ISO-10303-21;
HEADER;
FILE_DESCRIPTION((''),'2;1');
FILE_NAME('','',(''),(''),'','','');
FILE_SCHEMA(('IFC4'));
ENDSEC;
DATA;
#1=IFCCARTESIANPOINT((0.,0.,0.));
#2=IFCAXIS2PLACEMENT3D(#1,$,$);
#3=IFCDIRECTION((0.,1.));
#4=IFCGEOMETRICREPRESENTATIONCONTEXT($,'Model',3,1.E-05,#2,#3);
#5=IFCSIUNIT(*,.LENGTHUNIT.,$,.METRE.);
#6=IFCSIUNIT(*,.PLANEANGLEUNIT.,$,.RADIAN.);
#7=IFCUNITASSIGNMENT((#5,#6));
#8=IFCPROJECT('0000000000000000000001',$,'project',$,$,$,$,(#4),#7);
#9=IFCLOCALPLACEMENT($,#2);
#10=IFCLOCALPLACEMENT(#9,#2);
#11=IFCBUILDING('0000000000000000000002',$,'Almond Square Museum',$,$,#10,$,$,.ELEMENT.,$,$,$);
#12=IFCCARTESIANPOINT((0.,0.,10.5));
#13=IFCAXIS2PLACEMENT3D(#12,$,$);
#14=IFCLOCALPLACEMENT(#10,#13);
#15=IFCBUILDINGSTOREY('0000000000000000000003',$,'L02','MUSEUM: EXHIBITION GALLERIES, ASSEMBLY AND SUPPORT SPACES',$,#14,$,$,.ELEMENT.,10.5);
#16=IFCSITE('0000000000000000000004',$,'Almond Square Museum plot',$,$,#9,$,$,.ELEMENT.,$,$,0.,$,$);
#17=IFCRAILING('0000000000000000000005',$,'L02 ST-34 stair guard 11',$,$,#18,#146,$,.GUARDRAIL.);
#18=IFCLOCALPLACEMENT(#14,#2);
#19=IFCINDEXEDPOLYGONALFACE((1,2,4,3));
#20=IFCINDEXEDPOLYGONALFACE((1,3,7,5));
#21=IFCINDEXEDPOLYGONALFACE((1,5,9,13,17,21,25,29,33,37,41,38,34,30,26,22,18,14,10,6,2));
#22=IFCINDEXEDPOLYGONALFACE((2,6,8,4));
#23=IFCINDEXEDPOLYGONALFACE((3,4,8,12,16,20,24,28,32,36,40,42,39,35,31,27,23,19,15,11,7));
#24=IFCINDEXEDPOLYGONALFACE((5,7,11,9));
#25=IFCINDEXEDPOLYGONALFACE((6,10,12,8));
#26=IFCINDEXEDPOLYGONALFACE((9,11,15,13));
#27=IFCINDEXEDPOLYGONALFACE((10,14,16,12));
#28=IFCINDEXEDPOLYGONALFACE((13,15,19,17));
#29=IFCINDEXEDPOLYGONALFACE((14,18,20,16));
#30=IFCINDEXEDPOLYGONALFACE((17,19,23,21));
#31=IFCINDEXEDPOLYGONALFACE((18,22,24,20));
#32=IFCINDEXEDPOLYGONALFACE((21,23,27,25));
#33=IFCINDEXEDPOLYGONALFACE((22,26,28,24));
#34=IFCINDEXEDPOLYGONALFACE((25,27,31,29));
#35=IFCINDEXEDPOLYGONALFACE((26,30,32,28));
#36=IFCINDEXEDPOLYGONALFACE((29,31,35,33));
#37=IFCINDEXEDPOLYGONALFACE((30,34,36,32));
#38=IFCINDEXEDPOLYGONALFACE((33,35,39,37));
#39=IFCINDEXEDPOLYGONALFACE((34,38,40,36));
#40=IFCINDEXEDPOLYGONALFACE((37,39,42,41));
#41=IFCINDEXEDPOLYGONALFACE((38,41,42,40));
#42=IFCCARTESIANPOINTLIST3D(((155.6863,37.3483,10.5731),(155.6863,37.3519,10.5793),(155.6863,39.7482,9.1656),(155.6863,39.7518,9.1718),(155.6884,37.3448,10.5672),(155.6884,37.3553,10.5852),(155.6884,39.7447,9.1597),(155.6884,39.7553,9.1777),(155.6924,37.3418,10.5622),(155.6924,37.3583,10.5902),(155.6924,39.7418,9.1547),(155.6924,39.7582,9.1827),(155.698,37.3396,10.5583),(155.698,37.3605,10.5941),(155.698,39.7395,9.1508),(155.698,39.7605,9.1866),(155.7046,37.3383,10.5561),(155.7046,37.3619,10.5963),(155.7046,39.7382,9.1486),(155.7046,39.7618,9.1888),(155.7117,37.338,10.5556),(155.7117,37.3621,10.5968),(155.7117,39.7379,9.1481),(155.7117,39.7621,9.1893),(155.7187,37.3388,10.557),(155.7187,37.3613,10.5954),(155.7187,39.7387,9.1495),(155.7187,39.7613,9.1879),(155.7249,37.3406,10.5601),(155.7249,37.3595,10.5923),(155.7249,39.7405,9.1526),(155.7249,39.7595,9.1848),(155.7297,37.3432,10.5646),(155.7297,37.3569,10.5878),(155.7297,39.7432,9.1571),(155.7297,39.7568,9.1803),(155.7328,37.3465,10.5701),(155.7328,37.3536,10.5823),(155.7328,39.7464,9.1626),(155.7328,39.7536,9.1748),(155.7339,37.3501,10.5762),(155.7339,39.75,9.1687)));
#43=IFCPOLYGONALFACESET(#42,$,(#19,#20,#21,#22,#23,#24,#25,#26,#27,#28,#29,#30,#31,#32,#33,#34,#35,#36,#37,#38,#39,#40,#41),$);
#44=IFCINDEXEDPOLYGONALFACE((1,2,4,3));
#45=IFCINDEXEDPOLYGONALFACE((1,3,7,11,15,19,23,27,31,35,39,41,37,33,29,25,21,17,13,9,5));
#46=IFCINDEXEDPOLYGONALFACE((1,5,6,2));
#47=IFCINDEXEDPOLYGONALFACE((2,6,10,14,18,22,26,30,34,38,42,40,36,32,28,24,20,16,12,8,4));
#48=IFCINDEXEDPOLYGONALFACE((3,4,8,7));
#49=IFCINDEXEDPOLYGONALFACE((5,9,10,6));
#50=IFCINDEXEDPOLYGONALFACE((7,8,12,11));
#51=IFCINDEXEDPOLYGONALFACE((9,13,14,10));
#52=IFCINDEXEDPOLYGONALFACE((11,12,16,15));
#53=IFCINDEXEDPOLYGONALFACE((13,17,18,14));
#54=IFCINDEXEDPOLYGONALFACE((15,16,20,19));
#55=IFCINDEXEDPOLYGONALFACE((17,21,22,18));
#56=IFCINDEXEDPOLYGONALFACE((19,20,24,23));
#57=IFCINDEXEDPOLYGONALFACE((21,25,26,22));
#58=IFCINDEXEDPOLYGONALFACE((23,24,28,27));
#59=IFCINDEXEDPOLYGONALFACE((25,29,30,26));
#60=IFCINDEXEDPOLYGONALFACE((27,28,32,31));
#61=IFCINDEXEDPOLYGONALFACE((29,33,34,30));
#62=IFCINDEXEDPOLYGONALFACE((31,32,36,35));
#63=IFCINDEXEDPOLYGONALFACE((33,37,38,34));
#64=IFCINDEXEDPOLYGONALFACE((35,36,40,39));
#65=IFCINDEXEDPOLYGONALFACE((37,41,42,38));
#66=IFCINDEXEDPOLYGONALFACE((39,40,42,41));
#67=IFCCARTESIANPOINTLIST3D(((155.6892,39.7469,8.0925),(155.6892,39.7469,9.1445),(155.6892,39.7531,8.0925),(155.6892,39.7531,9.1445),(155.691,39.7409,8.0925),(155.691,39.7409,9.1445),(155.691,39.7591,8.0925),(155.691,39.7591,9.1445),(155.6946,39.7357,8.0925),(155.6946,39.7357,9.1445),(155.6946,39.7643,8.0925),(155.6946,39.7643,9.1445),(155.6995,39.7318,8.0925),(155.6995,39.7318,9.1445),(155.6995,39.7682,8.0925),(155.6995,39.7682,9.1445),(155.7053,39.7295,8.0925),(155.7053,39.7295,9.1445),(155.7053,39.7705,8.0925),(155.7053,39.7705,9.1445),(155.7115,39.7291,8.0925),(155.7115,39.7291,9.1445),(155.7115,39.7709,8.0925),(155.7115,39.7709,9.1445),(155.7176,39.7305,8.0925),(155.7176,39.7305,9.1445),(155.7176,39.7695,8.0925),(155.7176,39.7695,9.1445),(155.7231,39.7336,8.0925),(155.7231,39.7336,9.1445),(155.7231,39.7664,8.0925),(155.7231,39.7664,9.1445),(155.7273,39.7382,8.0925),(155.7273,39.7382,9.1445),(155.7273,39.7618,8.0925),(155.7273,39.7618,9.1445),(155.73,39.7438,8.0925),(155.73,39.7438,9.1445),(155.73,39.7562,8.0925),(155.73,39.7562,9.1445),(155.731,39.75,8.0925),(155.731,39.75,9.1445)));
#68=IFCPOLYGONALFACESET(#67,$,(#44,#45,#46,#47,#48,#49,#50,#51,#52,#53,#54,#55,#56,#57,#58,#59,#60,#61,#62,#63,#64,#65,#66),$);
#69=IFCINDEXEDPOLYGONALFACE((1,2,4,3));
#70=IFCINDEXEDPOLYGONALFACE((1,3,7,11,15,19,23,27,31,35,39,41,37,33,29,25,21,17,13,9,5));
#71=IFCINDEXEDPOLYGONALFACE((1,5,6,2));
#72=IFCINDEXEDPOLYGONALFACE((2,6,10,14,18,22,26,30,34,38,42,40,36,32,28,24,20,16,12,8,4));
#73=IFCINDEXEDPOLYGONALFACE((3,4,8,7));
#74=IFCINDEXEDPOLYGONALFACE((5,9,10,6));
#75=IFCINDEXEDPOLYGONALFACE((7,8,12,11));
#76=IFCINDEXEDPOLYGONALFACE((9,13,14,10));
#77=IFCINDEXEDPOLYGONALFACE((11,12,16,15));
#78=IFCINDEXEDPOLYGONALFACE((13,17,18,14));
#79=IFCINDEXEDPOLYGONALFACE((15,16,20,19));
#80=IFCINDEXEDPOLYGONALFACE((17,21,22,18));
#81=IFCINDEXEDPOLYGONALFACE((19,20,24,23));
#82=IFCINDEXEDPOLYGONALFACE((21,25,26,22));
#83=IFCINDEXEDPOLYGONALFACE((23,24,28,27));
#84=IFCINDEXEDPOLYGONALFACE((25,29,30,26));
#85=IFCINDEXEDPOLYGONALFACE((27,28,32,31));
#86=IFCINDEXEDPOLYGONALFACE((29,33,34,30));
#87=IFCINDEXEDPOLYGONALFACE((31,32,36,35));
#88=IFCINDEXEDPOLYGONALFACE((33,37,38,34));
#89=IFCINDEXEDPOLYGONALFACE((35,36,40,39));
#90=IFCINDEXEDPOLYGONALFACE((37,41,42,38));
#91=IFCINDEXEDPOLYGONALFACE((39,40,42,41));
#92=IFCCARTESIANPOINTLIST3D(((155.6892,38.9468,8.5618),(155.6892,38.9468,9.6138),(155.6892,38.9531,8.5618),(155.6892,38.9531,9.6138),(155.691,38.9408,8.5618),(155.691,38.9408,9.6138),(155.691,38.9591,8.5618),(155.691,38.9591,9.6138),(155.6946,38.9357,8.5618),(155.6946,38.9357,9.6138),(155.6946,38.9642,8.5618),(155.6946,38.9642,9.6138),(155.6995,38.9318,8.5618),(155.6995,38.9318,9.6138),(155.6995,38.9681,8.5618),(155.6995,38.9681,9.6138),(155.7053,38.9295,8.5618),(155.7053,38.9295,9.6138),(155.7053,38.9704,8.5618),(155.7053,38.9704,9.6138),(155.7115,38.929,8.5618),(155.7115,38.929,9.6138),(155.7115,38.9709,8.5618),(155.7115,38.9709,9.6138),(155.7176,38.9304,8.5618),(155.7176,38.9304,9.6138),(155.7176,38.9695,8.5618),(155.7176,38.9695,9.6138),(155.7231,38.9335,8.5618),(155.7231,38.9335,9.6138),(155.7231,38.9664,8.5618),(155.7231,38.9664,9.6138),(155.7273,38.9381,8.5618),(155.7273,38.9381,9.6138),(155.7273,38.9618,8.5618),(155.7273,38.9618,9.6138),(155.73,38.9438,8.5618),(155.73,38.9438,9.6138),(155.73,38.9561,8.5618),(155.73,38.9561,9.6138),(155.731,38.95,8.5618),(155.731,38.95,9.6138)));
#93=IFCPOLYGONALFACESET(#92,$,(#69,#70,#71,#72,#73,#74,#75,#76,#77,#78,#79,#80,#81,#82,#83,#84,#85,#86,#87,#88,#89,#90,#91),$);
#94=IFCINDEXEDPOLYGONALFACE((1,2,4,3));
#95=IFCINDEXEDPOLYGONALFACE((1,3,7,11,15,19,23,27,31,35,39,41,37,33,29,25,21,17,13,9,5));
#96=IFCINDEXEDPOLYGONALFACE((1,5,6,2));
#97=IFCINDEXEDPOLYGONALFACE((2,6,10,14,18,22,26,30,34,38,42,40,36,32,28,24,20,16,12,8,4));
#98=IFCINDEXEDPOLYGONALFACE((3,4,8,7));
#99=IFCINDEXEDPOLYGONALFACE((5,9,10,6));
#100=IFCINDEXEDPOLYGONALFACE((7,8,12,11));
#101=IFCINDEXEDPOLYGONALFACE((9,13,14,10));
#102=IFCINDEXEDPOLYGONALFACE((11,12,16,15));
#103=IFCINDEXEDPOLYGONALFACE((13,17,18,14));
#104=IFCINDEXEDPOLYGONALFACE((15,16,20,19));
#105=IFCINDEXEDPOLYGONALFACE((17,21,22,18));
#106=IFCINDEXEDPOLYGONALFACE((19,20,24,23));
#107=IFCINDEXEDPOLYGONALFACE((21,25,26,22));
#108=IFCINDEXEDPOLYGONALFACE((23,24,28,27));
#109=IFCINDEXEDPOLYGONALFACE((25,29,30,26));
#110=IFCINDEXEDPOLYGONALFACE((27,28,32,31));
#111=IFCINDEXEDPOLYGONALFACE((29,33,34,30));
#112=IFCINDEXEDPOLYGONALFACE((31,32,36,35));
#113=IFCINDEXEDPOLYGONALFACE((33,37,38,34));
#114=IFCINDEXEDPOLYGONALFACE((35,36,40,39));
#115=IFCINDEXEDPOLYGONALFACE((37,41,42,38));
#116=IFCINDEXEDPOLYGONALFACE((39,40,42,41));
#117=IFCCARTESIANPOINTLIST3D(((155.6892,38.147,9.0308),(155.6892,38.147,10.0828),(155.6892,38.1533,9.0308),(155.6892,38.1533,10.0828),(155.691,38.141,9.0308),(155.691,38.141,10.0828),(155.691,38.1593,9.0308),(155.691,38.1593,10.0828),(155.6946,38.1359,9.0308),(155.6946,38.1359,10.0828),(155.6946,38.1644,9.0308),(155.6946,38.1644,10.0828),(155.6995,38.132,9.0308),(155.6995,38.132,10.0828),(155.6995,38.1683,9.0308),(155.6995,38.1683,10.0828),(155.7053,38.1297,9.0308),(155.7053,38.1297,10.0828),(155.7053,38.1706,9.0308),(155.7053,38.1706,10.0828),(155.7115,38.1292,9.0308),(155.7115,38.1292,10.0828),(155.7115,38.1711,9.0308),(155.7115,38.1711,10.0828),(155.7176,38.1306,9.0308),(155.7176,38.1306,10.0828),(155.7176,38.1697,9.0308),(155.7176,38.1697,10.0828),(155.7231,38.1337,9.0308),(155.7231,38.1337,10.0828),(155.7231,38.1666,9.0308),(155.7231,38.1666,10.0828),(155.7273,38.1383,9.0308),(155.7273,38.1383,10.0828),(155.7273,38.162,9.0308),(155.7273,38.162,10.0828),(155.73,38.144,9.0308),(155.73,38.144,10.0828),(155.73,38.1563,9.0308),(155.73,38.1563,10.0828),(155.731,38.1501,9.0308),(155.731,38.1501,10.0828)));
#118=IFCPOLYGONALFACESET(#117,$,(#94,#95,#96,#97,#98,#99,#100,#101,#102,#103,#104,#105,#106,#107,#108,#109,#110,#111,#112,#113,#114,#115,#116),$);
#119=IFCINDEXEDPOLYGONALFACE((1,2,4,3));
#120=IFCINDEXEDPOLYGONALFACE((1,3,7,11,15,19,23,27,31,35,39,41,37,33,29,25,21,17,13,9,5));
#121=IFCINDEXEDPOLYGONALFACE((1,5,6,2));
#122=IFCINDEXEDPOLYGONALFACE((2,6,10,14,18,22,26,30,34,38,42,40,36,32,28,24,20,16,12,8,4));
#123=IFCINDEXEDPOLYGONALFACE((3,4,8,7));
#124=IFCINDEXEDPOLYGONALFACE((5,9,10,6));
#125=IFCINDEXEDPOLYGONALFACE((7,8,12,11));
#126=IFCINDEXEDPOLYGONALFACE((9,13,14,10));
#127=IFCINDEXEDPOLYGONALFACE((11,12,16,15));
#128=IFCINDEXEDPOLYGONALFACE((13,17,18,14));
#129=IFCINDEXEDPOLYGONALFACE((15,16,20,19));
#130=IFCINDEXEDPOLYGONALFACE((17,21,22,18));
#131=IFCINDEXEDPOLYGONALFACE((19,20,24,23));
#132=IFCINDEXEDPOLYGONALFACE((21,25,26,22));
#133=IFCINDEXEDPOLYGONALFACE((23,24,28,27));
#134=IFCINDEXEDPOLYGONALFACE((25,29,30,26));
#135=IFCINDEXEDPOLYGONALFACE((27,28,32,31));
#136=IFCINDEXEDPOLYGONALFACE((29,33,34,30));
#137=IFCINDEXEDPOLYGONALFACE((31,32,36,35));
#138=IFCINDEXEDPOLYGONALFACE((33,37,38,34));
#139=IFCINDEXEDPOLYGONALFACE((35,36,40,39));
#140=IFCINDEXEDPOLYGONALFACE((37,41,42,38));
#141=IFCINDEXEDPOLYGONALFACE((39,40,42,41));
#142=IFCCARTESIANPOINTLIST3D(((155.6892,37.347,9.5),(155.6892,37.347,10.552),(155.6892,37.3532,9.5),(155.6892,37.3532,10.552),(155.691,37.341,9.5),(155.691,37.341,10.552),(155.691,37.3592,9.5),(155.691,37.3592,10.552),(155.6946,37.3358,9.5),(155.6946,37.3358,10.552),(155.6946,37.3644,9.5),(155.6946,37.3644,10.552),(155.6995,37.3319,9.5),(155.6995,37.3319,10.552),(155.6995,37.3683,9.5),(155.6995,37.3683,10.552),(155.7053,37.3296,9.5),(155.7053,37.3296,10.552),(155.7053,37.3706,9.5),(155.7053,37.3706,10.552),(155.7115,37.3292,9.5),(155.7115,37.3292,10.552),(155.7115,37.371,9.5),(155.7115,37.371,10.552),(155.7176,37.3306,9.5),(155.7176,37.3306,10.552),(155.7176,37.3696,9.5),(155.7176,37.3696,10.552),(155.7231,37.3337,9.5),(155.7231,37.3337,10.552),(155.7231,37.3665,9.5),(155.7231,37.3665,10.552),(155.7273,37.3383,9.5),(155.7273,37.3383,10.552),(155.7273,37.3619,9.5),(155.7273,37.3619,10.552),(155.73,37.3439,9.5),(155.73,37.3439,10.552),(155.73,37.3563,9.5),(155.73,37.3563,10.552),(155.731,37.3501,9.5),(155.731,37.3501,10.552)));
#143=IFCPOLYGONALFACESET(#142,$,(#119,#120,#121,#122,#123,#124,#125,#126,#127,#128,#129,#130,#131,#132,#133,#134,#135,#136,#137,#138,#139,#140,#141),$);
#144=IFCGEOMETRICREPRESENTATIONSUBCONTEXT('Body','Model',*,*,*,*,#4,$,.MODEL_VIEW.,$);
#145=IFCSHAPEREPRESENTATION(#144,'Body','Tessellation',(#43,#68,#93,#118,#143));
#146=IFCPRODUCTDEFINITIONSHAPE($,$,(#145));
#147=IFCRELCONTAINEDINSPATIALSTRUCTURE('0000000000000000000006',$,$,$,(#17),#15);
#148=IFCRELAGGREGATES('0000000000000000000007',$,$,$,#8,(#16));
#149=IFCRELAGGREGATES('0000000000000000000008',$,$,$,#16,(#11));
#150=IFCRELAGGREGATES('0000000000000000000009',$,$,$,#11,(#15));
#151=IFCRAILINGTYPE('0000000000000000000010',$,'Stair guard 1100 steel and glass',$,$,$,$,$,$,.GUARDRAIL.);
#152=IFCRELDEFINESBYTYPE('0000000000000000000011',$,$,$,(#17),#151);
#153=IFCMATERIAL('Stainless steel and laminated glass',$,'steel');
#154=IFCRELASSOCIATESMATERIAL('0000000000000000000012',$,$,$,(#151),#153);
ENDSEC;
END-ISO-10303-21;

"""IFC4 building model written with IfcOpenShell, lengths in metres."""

from ifc_helpers import new_model, si_unit, direction, frame, origin, origin_2d, place, context, subcontext, project, spatial, circle, extrude, material, type_object, element, save


model = new_model("IFC4")

# Units and contexts
model_context = context("Model", 3, precision=1e-05, world=origin(), true_north=direction((0.0, 1.0)))
body_context = subcontext(model_context, "Body", "Model", "MODEL_VIEW")
ifc_project = project(units=[si_unit("LENGTHUNIT", "METRE"), si_unit("PLANEANGLEUNIT", "RADIAN")], contexts=[model_context])

# Site, building, storey
site_placement = place(None, origin())
site = spatial("IfcSite", under=ifc_project, at=site_placement, Name="Almond Square Museum plot", CompositionType="ELEMENT", RefElevation=0.0)
building_placement = place(site_placement, origin())
building = spatial("IfcBuilding", under=site, at=building_placement, Name="Almond Square Museum", CompositionType="ELEMENT")
storey_placement = place(building_placement, frame((0.0, 0.0, 10.5)))
storey = spatial("IfcBuildingStorey", under=building, at=storey_placement, Name="L02", Description="MUSEUM: EXHIBITION GALLERIES, ASSEMBLY AND SUPPORT SPACES", CompositionType="ELEMENT", Elevation=10.5)

# Railing
ifc_material_1 = material(Name="Stainless steel and laminated glass", Category="steel")
railing_type_1 = type_object("IfcRailingType", Name="Stair guard 1100 steel and glass", PredefinedType="GUARDRAIL", material=ifc_material_1)
railing_1_placement = place(storey_placement, frame((155.71, 39.75, 8.0925)))
element("IfcRailing", 1, at=railing_1_placement, inside=storey, type_object=railing_type_1, Name="L02 ST-34 stair guard 11", PredefinedType="GUARDRAIL", context=body_context, shape_type="SweptSolid", body=[
    extrude(circle(Radius=0.0239, at=origin_2d()), frame((0.0, 0.0, 1.0762), z_axis=(0.0, -0.862599, 0.505888), x_axis=(1.0, 0.0, 0.0)), (0.0, 0.0, 1.0), 2.7822),
    extrude(circle(Radius=0.021, at=origin_2d()), origin(), (0.0, 0.0, 1.0), 1.052),
    extrude(circle(Radius=0.021, at=origin_2d()), frame((0.0, -0.8, 0.4692)), (0.0, 0.0, 1.0), 1.052),
    extrude(circle(Radius=0.021, at=origin_2d()), frame((0.0, -1.5999, 0.9382)), (0.0, 0.0, 1.0), 1.052),
    extrude(circle(Radius=0.021, at=origin_2d()), frame((0.0, -2.3999, 1.4075)), (0.0, 0.0, 1.0), 1.052),
])

save(model, "model.ifc")
